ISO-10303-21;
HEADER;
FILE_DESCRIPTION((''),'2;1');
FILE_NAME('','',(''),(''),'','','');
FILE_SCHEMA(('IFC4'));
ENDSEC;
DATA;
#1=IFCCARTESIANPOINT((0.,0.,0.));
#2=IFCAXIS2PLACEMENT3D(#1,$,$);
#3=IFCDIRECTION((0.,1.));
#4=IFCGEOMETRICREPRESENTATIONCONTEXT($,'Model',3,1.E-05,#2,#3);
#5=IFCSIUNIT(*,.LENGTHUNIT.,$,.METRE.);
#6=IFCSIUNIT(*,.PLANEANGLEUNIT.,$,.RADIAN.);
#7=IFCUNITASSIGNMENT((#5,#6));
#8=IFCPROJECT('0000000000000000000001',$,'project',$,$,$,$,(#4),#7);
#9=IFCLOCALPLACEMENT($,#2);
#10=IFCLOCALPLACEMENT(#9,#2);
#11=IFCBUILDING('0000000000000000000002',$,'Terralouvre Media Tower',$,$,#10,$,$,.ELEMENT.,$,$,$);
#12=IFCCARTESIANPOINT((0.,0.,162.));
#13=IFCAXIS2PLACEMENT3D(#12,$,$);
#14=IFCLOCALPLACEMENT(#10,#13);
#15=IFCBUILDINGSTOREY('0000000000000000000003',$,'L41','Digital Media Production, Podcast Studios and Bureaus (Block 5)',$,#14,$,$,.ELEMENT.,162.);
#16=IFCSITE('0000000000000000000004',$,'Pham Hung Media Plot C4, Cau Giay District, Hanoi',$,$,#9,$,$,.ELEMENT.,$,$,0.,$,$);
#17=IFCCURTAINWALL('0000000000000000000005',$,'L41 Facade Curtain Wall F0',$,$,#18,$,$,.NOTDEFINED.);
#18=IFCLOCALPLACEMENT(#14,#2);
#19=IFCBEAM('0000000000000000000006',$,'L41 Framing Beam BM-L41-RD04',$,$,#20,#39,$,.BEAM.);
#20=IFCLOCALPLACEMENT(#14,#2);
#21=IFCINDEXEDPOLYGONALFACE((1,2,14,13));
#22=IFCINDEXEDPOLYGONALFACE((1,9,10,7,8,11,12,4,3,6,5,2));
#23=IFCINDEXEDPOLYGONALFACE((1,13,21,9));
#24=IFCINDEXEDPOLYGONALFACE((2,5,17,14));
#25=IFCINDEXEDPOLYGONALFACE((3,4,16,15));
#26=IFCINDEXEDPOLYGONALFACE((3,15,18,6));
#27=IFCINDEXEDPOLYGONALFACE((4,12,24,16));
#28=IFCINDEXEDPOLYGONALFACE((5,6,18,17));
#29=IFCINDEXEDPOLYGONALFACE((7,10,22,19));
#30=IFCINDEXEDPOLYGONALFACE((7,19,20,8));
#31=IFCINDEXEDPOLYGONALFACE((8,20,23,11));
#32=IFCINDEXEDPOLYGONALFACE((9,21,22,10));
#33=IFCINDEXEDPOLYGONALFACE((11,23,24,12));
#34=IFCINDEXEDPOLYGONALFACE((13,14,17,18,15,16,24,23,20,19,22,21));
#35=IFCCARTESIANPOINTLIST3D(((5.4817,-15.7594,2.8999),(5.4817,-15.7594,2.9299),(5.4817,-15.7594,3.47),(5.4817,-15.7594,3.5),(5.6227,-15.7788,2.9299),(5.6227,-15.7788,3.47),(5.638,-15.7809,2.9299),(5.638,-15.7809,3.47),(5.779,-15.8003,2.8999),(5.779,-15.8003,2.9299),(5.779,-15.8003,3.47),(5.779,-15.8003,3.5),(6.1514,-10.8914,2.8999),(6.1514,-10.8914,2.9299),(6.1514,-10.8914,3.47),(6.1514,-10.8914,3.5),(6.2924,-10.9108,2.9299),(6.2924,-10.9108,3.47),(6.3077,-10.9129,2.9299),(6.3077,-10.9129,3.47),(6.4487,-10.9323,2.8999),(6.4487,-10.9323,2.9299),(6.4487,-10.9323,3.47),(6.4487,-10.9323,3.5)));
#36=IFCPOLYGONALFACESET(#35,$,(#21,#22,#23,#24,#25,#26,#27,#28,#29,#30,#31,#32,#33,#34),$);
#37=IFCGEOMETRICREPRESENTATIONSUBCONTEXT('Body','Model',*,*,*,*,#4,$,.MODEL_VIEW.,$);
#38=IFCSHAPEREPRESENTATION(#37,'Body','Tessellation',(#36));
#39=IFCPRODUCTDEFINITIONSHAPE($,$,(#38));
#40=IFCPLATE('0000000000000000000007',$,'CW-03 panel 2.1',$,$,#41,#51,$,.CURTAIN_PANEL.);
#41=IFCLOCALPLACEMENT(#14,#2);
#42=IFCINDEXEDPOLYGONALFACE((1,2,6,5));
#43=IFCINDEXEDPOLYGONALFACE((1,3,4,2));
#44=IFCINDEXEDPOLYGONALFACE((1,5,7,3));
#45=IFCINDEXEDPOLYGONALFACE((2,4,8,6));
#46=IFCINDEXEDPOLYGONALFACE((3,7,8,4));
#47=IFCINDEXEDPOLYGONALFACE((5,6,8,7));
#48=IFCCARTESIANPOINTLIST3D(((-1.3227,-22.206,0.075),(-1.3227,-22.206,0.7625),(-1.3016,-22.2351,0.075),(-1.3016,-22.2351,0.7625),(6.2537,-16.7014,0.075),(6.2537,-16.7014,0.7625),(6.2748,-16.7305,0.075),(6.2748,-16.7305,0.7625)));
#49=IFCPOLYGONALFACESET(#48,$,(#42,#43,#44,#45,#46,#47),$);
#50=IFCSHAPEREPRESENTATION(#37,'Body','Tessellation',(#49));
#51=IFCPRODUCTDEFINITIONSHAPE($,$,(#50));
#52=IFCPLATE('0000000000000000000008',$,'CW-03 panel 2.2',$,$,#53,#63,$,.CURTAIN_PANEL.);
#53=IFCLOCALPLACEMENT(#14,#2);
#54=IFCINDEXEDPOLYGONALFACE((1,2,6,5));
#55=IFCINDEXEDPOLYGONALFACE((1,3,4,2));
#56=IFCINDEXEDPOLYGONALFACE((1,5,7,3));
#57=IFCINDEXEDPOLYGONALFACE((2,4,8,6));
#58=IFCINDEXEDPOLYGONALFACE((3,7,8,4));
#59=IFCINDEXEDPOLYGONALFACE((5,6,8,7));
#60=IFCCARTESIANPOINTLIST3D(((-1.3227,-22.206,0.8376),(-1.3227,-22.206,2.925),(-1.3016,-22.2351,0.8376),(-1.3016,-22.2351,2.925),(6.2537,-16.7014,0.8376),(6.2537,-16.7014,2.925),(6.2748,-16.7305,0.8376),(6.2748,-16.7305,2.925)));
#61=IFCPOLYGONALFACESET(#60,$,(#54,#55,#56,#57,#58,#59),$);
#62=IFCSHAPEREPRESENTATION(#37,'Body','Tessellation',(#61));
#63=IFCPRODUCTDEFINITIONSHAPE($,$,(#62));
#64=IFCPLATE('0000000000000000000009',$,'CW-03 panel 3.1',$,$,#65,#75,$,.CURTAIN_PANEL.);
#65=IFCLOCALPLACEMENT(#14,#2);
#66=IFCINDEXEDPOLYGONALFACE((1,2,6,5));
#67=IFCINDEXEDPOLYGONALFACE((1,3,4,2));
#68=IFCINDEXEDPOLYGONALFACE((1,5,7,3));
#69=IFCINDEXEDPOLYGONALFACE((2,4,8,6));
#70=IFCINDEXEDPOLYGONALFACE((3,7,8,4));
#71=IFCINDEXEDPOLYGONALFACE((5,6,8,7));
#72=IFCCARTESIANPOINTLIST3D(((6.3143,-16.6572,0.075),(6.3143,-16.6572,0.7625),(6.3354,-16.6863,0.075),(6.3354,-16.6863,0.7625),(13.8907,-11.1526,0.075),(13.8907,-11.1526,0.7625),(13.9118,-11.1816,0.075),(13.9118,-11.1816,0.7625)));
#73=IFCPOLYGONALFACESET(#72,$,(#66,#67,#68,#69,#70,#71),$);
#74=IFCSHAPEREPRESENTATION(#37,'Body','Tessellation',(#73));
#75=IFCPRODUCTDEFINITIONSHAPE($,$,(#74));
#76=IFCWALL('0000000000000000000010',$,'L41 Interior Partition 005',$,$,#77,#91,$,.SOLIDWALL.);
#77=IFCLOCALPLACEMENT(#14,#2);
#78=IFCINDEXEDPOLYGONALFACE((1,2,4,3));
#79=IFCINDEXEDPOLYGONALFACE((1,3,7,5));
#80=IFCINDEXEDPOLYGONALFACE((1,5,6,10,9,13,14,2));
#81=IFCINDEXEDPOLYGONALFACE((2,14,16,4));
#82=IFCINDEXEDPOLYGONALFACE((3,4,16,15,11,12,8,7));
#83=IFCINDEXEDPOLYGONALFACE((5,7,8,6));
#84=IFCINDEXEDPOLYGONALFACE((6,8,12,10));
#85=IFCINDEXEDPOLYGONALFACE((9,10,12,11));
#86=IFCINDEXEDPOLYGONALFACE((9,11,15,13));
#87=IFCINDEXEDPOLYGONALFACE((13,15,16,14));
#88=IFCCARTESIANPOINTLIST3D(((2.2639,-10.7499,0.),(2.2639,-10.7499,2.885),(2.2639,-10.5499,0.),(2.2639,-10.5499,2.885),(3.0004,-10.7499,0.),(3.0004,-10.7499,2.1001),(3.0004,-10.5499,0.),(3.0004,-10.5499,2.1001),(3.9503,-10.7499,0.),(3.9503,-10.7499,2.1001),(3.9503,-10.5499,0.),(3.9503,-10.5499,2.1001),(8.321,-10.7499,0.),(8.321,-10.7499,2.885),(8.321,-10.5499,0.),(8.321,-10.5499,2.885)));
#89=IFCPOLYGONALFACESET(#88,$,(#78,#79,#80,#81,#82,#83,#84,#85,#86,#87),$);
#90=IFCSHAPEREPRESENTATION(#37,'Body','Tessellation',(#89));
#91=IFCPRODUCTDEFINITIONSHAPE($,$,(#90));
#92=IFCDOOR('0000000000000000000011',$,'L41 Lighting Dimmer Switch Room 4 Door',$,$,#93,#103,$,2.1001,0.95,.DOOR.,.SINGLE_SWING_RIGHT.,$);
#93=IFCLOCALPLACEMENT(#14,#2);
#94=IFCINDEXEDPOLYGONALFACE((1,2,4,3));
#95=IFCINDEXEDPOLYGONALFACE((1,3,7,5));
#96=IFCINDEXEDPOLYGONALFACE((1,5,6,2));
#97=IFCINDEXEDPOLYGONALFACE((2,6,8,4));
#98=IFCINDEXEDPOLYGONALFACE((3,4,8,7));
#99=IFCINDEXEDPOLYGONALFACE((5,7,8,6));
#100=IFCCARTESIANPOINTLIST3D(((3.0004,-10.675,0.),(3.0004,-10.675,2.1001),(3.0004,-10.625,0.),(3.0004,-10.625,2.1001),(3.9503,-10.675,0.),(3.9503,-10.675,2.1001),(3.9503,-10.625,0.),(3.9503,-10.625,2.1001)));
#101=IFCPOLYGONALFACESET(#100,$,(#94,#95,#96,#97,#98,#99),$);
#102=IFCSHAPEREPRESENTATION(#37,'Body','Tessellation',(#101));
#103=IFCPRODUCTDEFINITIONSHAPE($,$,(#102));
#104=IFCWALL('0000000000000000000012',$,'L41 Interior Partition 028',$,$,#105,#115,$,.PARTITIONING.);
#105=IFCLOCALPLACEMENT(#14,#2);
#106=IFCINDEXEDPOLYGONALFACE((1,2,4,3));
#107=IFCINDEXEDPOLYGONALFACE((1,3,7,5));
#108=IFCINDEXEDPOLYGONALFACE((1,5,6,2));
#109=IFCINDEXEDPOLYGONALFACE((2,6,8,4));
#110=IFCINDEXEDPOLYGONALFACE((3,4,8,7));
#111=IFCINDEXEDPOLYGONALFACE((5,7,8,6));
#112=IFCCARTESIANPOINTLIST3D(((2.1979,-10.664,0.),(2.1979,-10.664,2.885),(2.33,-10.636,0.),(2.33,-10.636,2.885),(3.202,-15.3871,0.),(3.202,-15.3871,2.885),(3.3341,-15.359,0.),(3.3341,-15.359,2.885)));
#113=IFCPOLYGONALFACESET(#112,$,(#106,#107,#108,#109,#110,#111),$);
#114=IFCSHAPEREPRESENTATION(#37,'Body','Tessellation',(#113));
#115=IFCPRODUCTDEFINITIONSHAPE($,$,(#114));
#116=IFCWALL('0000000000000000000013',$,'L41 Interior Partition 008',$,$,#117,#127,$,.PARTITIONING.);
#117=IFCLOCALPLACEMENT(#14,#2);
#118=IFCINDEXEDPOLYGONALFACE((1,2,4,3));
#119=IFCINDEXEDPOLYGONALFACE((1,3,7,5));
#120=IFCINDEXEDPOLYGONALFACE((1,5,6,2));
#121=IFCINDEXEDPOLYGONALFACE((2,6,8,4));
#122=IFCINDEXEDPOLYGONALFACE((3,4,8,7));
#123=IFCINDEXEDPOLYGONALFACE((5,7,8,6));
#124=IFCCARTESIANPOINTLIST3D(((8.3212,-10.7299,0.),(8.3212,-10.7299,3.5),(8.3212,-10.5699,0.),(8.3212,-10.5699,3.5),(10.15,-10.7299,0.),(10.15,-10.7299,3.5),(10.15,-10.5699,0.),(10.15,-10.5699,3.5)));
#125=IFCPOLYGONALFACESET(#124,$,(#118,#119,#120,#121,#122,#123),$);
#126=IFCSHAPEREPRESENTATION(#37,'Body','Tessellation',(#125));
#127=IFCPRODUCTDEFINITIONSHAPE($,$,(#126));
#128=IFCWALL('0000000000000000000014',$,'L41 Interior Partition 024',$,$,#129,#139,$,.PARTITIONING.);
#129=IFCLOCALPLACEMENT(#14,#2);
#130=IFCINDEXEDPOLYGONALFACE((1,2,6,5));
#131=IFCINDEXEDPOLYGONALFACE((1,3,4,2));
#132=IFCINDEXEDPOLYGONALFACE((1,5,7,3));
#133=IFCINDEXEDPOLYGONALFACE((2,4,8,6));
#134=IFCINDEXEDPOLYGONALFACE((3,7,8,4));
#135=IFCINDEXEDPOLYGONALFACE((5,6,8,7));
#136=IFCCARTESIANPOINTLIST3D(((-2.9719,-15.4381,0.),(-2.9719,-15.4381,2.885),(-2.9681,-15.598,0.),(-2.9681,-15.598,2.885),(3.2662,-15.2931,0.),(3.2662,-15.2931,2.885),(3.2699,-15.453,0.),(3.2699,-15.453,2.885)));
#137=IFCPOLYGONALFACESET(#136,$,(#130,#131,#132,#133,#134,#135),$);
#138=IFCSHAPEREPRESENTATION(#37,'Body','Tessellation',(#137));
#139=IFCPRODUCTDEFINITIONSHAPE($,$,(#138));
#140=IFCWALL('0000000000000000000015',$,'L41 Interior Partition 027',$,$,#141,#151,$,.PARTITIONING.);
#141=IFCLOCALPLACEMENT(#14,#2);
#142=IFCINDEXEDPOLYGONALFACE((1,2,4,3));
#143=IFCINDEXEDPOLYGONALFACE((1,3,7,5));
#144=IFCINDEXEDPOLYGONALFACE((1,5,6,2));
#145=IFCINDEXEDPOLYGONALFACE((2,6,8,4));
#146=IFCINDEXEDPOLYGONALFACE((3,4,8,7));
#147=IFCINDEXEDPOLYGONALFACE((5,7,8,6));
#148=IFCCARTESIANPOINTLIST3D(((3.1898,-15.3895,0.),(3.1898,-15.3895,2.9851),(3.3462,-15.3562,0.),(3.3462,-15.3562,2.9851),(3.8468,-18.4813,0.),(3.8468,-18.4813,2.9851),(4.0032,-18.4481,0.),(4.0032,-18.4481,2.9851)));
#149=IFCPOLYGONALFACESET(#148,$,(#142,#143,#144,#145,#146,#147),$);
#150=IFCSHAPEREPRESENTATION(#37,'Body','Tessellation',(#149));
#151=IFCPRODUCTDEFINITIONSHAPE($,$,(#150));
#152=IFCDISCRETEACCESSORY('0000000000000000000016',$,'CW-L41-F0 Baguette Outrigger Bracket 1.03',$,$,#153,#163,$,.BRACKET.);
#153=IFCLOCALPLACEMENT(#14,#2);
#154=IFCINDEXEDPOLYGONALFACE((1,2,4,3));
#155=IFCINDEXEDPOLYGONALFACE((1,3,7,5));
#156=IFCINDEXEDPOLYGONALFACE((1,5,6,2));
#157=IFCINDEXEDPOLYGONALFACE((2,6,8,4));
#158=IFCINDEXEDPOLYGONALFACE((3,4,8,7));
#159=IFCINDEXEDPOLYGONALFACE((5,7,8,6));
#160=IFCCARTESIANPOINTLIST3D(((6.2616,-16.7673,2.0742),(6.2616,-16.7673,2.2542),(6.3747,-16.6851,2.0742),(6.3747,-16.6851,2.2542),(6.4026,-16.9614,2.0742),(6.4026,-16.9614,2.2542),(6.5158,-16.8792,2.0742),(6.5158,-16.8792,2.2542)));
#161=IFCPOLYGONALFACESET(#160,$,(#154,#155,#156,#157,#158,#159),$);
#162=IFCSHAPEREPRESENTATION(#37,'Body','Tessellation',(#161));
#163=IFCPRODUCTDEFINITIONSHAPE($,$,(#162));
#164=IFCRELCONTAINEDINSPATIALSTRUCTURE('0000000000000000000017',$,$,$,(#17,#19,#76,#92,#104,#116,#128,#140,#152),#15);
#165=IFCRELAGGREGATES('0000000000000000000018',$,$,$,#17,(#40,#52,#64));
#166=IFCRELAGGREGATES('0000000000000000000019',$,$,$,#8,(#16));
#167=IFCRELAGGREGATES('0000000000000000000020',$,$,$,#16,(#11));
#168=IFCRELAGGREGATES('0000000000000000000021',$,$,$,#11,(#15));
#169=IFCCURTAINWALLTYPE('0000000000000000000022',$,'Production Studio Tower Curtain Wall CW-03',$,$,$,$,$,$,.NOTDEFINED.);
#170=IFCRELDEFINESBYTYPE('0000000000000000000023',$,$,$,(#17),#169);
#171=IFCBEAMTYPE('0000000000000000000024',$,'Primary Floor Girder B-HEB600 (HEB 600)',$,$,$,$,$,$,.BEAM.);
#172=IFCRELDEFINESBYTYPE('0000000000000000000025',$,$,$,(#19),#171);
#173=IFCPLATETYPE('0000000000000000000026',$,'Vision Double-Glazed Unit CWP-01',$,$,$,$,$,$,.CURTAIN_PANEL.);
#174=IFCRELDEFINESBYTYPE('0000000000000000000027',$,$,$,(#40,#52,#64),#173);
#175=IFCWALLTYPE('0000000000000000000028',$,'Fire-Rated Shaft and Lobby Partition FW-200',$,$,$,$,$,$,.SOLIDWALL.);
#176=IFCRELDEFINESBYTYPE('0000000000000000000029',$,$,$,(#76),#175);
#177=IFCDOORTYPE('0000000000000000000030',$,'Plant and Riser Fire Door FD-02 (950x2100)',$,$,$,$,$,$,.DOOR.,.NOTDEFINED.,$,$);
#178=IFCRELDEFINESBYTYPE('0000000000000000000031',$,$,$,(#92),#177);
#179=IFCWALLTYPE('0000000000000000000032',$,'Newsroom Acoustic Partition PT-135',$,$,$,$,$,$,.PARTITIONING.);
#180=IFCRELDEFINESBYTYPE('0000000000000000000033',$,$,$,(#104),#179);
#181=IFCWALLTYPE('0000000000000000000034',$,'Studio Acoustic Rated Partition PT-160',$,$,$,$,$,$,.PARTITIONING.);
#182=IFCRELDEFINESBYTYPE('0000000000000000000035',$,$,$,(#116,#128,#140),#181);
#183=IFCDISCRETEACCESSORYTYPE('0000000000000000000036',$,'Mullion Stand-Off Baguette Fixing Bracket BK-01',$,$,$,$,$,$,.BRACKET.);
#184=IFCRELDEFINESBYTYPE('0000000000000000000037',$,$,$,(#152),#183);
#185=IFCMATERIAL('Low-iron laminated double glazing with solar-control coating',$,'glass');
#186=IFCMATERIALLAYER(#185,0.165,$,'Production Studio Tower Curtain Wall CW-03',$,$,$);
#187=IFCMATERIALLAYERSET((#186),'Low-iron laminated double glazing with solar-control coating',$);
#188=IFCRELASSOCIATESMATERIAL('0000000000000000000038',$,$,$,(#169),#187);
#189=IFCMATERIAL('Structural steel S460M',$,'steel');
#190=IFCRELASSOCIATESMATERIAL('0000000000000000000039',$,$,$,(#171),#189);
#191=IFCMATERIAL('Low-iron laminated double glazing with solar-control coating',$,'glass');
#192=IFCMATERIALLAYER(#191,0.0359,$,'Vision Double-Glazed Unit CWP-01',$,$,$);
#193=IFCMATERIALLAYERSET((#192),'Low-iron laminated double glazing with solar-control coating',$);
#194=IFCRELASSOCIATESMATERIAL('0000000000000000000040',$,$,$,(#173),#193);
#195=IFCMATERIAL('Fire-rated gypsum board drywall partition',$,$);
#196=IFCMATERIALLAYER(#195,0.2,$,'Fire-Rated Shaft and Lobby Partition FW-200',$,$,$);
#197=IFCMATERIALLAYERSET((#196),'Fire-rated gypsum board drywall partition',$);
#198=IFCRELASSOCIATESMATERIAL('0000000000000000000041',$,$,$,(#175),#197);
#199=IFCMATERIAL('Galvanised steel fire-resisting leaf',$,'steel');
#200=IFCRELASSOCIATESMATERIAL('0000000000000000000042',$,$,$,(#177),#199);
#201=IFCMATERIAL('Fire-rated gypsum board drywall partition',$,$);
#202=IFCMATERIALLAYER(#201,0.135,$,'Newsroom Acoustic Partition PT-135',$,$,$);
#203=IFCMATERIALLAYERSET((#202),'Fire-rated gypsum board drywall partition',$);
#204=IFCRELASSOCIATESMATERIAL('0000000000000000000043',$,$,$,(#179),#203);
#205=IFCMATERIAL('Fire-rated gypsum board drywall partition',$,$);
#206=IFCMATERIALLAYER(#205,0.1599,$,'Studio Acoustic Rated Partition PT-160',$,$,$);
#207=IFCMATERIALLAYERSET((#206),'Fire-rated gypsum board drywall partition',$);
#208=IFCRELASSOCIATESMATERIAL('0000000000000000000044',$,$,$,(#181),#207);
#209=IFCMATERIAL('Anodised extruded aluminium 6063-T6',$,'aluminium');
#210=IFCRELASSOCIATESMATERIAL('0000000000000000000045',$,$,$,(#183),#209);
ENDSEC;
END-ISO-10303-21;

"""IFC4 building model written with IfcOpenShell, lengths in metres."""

from ifc_helpers import new_model, si_unit, direction, frame, frame_2d, origin, origin_2d, place, context, subcontext, project, spatial, rectangle, i_section, extrude, material, layer, layer_set, material_profile, profile_set, type_object, element, fill, aggregate, save


model = new_model("IFC4")

# Units and contexts
model_context = context("Model", 3, precision=1e-05, world=origin(), true_north=direction((0.0, 1.0)))
body_context = subcontext(model_context, "Body", "Model", "MODEL_VIEW")
ifc_project = project(units=[si_unit("LENGTHUNIT", "METRE"), si_unit("PLANEANGLEUNIT", "RADIAN")], contexts=[model_context])

# Site, building, storey
site_placement = place(None, origin())
site = spatial("IfcSite", under=ifc_project, at=site_placement, Name="Pham Hung Media Plot C4, Cau Giay District, Hanoi", CompositionType="ELEMENT", RefElevation=0.0)
building_placement = place(site_placement, origin())
building = spatial("IfcBuilding", under=site, at=building_placement, Name="Terralouvre Media Tower", CompositionType="ELEMENT")
storey_placement = place(building_placement, frame((0.0, 0.0, 162.0)))
storey = spatial("IfcBuildingStorey", under=building, at=storey_placement, Name="L41", Description="Digital Media Production, Podcast Studios and Bureaus (Block 5)", CompositionType="ELEMENT", Elevation=162.0)

# Curtain wall
ifc_material_1 = material(Name="Low-iron laminated double glazing with solar-control coating", Category="glass")
ifc_layer_1 = layer(ifc_material_1, 0.165, Name="Production Studio Tower Curtain Wall CW-03")
ifc_layer_set_1 = layer_set([ifc_layer_1], Name="Low-iron laminated double glazing with solar-control coating")
curtain_wall_type = type_object("IfcCurtainWallType", Name="Production Studio Tower Curtain Wall CW-03", PredefinedType="NOTDEFINED", material=ifc_layer_set_1)
curtain_wall_placement = place(storey_placement, origin())
curtain_wall = element("IfcCurtainWall", 1, at=curtain_wall_placement, inside=storey, type_object=curtain_wall_type, Name="L41 Facade Curtain Wall F0", PredefinedType="NOTDEFINED")

# Beam
ifc_material_2 = material(Name="Structural steel S460M", Category="steel")
ifc_material_profile_1 = material_profile(ifc_material_2, i_section(OverallWidth=0.3, OverallDepth=0.6001, WebThickness=0.0154, FlangeThickness=0.03, at=origin_2d()), Name="HEB 600")
ifc_profile_set_1 = profile_set([ifc_material_profile_1], Name="Structural steel S460M")
beam_type_1 = type_object("IfcBeamType", Name="Primary Floor Girder B-HEB600 (HEB 600)", PredefinedType="BEAM", material=ifc_profile_set_1)
beam_1_placement = place(storey_placement, frame((6.3, -10.9119, 3.2), z_axis=(-0.136286, -0.99067, 0.0), x_axis=(0.99067, -0.136286, 0.0)))
element("IfcBeam", 2, at=beam_1_placement, inside=storey, type_object=beam_type_1, Name="L41 Framing Beam BM-L41-RD04", PredefinedType="BEAM", context=body_context, shape_type="SweptSolid", body=[
    extrude(i_section(OverallWidth=0.3, OverallDepth=0.6001, WebThickness=0.0154, FlangeThickness=0.03, at=origin_2d()), origin(), (0.0, 0.0, 1.0), 4.9138),
])

# Plates
ifc_material_3 = material(Name="Low-iron laminated double glazing with solar-control coating", Category="glass")
ifc_layer_2 = layer(ifc_material_3, 0.0359, Name="Vision Double-Glazed Unit CWP-01")
ifc_layer_set_2 = layer_set([ifc_layer_2], Name="Low-iron laminated double glazing with solar-control coating")
plate_type = type_object("IfcPlateType", Name="Vision Double-Glazed Unit CWP-01", PredefinedType="CURTAIN_PANEL", material=ifc_layer_set_2)
plate_1_placement = place(storey_placement, frame((2.4761, -19.4683, 0.075), z_axis=(0.0, 0.0, 1.0), x_axis=(0.809017, 0.587785, 0.0)))
plate_1 = element("IfcPlate", 3, at=plate_1_placement, type_object=plate_type, Name="CW-03 panel 2.1", PredefinedType="CURTAIN_PANEL", context=body_context, shape_type="SweptSolid", body=[
    extrude(rectangle(XDim=9.365, YDim=0.0359, at=origin_2d()), origin(), (0.0, 0.0, 1.0), 0.6875),
])
plate_2_placement = place(storey_placement, frame((2.4761, -19.4683, 0.8376), z_axis=(0.0, 0.0, 1.0), x_axis=(0.809017, 0.587785, 0.0)))
plate_2 = element("IfcPlate", 4, at=plate_2_placement, type_object=plate_type, Name="CW-03 panel 2.2", PredefinedType="CURTAIN_PANEL", context=body_context, shape_type="SweptSolid", body=[
    extrude(rectangle(XDim=9.365, YDim=0.0359, at=origin_2d()), origin(), (0.0, 0.0, 1.0), 2.0874),
])
plate_3_placement = place(storey_placement, frame((10.113, -13.9194, 0.075), z_axis=(0.0, 0.0, 1.0), x_axis=(0.809017, 0.587785, 0.0)))
plate_3 = element("IfcPlate", 5, at=plate_3_placement, type_object=plate_type, Name="CW-03 panel 3.1", PredefinedType="CURTAIN_PANEL", context=body_context, shape_type="SweptSolid", body=[
    extrude(rectangle(XDim=9.365, YDim=0.0359, at=origin_2d()), origin(), (0.0, 0.0, 1.0), 0.6875),
])
aggregate(curtain_wall, [plate_1, plate_2, plate_3])

# Wall, opening, door
ifc_material_4 = material(Name="Fire-rated gypsum board drywall partition")
ifc_layer_3 = layer(ifc_material_4, 0.2, Name="Fire-Rated Shaft and Lobby Partition FW-200")
ifc_layer_set_3 = layer_set([ifc_layer_3], Name="Fire-rated gypsum board drywall partition")
wall_type_1 = type_object("IfcWallType", Name="Fire-Rated Shaft and Lobby Partition FW-200", PredefinedType="SOLIDWALL", material=ifc_layer_set_3)
wall_1_placement = place(storey_placement, frame((2.2639, -10.6499, 0.0), z_axis=(0.0, 0.0, 1.0), x_axis=(1.0, 0.0, 0.0)))
wall_1 = element("IfcWall", 6, at=wall_1_placement, inside=storey, type_object=wall_type_1, Name="L41 Interior Partition 005", PredefinedType="SOLIDWALL", context=body_context, shape_type="SweptSolid", body=[
    extrude(rectangle(XDim=6.0571, YDim=0.2, at=frame_2d((3.0286, 0.0))), origin(), (0.0, 0.0, 1.0), 2.885),
])
opening_placement = place(wall_1_placement, frame((0.7363, 0.0, 0.0)))
opening = element("IfcOpeningElement", 7, at=opening_placement, cuts=wall_1, PredefinedType="OPENING", context=body_context, shape_type="SweptSolid", body=[
    extrude(rectangle(XDim=0.95, YDim=2.1001, at=frame_2d((0.4751, 1.05))), frame((0.0, 0.1099, 0.0), z_axis=(0.0, -1.0, 0.0), x_axis=(1.0, 0.0, 0.0)), (0.0, 0.0, 1.0), 0.22),
])
ifc_material_5 = material(Name="Galvanised steel fire-resisting leaf", Category="steel")
door_type = type_object("IfcDoorType", Name="Plant and Riser Fire Door FD-02 (950x2100)", OperationType="NOTDEFINED", PredefinedType="DOOR", material=ifc_material_5)
door_placement = place(opening_placement, origin())
door = element("IfcDoor", 8, at=door_placement, inside=storey, type_object=door_type, Name="L41 Lighting Dimmer Switch Room 4 Door", OperationType="SINGLE_SWING_RIGHT", OverallHeight=2.1001, OverallWidth=0.95, PredefinedType="DOOR", context=body_context, shape_type="SweptSolid", body=[
    extrude(rectangle(XDim=0.95, YDim=2.1001, at=frame_2d((0.4751, 1.05))), frame((0.0, 0.0249, 0.0), z_axis=(0.0, -1.0, 0.0), x_axis=(1.0, 0.0, 0.0)), (0.0, 0.0, 1.0), 0.05),
])
fill(opening, door)

# Walls
ifc_material_6 = material(Name="Fire-rated gypsum board drywall partition")
ifc_layer_4 = layer(ifc_material_6, 0.135, Name="Newsroom Acoustic Partition PT-135")
ifc_layer_set_4 = layer_set([ifc_layer_4], Name="Fire-rated gypsum board drywall partition")
wall_type_2 = type_object("IfcWallType", Name="Newsroom Acoustic Partition PT-135", PredefinedType="PARTITIONING", material=ifc_layer_set_4)
wall_2_placement = place(storey_placement, frame((3.2681, -15.373, 0.0), z_axis=(0.0, 0.0, 1.0), x_axis=(-0.207954, 0.978139, 0.0)))
element("IfcWall", 9, at=wall_2_placement, inside=storey, type_object=wall_type_2, Name="L41 Interior Partition 028", PredefinedType="PARTITIONING", context=body_context, shape_type="SweptSolid", body=[
    extrude(rectangle(XDim=4.8286, YDim=0.135, at=frame_2d((2.4143, 0.0))), origin(), (0.0, 0.0, 1.0), 2.885),
])
ifc_material_7 = material(Name="Fire-rated gypsum board drywall partition")
ifc_layer_5 = layer(ifc_material_7, 0.1599, Name="Studio Acoustic Rated Partition PT-160")
ifc_layer_set_5 = layer_set([ifc_layer_5], Name="Fire-rated gypsum board drywall partition")
wall_type_3 = type_object("IfcWallType", Name="Studio Acoustic Rated Partition PT-160", PredefinedType="PARTITIONING", material=ifc_layer_set_5)
wall_3_placement = place(storey_placement, frame((8.321, -10.6499, 0.0), z_axis=(0.0, 0.0, 1.0), x_axis=(1.0, 0.0, 0.0)))
element("IfcWall", 10, at=wall_3_placement, inside=storey, type_object=wall_type_3, Name="L41 Interior Partition 008", PredefinedType="PARTITIONING", context=body_context, shape_type="SweptSolid", body=[
    extrude(rectangle(XDim=1.8289, YDim=0.1599, at=frame_2d((0.9146, 0.0))), origin(), (0.0, 0.0, 1.0), 3.5),
])
wall_4_placement = place(storey_placement, frame((3.2681, -15.373, 0.0), z_axis=(0.0, 0.0, 1.0), x_axis=(-0.99973, -0.023241, 0.0)))
element("IfcWall", 11, at=wall_4_placement, inside=storey, type_object=wall_type_3, Name="L41 Interior Partition 024", PredefinedType="PARTITIONING", context=body_context, shape_type="SweptSolid", body=[
    extrude(rectangle(XDim=6.2397, YDim=0.1599, at=frame_2d((3.1199, 0.0))), origin(), (0.0, 0.0, 1.0), 2.885),
])
wall_5_placement = place(storey_placement, frame((3.925, -18.4648, 0.0), z_axis=(0.0, 0.0, 1.0), x_axis=(-0.207851, 0.97816, 0.0)))
element("IfcWall", 12, at=wall_5_placement, inside=storey, type_object=wall_type_3, Name="L41 Interior Partition 027", PredefinedType="PARTITIONING", context=body_context, shape_type="SweptSolid", body=[
    extrude(rectangle(XDim=3.1609, YDim=0.1599, at=frame_2d((1.5806, 0.0))), origin(), (0.0, 0.0, 1.0), 2.9851),
])

# Discrete accessory
ifc_material_8 = material(Name="Anodised extruded aluminium 6063-T6", Category="aluminium")
discrete_accessory_type = type_object("IfcDiscreteAccessoryType", Name="Mullion Stand-Off Baguette Fixing Bracket BK-01", PredefinedType="BRACKET", material=ifc_material_8)
discrete_accessory_placement = place(storey_placement, frame((6.3887, -16.8232, 2.0742), z_axis=(0.0, 0.0, 1.0), x_axis=(0.809017, 0.587785, 0.0)))
element("IfcDiscreteAccessory", 13, at=discrete_accessory_placement, inside=storey, type_object=discrete_accessory_type, Name="CW-L41-F0 Baguette Outrigger Bracket 1.03", PredefinedType="BRACKET", context=body_context, shape_type="SweptSolid", body=[
    extrude(rectangle(XDim=0.1399, YDim=0.24, at=origin_2d()), origin(), (0.0, 0.0, 1.0), 0.1799),
])

save(model, "model.ifc")
